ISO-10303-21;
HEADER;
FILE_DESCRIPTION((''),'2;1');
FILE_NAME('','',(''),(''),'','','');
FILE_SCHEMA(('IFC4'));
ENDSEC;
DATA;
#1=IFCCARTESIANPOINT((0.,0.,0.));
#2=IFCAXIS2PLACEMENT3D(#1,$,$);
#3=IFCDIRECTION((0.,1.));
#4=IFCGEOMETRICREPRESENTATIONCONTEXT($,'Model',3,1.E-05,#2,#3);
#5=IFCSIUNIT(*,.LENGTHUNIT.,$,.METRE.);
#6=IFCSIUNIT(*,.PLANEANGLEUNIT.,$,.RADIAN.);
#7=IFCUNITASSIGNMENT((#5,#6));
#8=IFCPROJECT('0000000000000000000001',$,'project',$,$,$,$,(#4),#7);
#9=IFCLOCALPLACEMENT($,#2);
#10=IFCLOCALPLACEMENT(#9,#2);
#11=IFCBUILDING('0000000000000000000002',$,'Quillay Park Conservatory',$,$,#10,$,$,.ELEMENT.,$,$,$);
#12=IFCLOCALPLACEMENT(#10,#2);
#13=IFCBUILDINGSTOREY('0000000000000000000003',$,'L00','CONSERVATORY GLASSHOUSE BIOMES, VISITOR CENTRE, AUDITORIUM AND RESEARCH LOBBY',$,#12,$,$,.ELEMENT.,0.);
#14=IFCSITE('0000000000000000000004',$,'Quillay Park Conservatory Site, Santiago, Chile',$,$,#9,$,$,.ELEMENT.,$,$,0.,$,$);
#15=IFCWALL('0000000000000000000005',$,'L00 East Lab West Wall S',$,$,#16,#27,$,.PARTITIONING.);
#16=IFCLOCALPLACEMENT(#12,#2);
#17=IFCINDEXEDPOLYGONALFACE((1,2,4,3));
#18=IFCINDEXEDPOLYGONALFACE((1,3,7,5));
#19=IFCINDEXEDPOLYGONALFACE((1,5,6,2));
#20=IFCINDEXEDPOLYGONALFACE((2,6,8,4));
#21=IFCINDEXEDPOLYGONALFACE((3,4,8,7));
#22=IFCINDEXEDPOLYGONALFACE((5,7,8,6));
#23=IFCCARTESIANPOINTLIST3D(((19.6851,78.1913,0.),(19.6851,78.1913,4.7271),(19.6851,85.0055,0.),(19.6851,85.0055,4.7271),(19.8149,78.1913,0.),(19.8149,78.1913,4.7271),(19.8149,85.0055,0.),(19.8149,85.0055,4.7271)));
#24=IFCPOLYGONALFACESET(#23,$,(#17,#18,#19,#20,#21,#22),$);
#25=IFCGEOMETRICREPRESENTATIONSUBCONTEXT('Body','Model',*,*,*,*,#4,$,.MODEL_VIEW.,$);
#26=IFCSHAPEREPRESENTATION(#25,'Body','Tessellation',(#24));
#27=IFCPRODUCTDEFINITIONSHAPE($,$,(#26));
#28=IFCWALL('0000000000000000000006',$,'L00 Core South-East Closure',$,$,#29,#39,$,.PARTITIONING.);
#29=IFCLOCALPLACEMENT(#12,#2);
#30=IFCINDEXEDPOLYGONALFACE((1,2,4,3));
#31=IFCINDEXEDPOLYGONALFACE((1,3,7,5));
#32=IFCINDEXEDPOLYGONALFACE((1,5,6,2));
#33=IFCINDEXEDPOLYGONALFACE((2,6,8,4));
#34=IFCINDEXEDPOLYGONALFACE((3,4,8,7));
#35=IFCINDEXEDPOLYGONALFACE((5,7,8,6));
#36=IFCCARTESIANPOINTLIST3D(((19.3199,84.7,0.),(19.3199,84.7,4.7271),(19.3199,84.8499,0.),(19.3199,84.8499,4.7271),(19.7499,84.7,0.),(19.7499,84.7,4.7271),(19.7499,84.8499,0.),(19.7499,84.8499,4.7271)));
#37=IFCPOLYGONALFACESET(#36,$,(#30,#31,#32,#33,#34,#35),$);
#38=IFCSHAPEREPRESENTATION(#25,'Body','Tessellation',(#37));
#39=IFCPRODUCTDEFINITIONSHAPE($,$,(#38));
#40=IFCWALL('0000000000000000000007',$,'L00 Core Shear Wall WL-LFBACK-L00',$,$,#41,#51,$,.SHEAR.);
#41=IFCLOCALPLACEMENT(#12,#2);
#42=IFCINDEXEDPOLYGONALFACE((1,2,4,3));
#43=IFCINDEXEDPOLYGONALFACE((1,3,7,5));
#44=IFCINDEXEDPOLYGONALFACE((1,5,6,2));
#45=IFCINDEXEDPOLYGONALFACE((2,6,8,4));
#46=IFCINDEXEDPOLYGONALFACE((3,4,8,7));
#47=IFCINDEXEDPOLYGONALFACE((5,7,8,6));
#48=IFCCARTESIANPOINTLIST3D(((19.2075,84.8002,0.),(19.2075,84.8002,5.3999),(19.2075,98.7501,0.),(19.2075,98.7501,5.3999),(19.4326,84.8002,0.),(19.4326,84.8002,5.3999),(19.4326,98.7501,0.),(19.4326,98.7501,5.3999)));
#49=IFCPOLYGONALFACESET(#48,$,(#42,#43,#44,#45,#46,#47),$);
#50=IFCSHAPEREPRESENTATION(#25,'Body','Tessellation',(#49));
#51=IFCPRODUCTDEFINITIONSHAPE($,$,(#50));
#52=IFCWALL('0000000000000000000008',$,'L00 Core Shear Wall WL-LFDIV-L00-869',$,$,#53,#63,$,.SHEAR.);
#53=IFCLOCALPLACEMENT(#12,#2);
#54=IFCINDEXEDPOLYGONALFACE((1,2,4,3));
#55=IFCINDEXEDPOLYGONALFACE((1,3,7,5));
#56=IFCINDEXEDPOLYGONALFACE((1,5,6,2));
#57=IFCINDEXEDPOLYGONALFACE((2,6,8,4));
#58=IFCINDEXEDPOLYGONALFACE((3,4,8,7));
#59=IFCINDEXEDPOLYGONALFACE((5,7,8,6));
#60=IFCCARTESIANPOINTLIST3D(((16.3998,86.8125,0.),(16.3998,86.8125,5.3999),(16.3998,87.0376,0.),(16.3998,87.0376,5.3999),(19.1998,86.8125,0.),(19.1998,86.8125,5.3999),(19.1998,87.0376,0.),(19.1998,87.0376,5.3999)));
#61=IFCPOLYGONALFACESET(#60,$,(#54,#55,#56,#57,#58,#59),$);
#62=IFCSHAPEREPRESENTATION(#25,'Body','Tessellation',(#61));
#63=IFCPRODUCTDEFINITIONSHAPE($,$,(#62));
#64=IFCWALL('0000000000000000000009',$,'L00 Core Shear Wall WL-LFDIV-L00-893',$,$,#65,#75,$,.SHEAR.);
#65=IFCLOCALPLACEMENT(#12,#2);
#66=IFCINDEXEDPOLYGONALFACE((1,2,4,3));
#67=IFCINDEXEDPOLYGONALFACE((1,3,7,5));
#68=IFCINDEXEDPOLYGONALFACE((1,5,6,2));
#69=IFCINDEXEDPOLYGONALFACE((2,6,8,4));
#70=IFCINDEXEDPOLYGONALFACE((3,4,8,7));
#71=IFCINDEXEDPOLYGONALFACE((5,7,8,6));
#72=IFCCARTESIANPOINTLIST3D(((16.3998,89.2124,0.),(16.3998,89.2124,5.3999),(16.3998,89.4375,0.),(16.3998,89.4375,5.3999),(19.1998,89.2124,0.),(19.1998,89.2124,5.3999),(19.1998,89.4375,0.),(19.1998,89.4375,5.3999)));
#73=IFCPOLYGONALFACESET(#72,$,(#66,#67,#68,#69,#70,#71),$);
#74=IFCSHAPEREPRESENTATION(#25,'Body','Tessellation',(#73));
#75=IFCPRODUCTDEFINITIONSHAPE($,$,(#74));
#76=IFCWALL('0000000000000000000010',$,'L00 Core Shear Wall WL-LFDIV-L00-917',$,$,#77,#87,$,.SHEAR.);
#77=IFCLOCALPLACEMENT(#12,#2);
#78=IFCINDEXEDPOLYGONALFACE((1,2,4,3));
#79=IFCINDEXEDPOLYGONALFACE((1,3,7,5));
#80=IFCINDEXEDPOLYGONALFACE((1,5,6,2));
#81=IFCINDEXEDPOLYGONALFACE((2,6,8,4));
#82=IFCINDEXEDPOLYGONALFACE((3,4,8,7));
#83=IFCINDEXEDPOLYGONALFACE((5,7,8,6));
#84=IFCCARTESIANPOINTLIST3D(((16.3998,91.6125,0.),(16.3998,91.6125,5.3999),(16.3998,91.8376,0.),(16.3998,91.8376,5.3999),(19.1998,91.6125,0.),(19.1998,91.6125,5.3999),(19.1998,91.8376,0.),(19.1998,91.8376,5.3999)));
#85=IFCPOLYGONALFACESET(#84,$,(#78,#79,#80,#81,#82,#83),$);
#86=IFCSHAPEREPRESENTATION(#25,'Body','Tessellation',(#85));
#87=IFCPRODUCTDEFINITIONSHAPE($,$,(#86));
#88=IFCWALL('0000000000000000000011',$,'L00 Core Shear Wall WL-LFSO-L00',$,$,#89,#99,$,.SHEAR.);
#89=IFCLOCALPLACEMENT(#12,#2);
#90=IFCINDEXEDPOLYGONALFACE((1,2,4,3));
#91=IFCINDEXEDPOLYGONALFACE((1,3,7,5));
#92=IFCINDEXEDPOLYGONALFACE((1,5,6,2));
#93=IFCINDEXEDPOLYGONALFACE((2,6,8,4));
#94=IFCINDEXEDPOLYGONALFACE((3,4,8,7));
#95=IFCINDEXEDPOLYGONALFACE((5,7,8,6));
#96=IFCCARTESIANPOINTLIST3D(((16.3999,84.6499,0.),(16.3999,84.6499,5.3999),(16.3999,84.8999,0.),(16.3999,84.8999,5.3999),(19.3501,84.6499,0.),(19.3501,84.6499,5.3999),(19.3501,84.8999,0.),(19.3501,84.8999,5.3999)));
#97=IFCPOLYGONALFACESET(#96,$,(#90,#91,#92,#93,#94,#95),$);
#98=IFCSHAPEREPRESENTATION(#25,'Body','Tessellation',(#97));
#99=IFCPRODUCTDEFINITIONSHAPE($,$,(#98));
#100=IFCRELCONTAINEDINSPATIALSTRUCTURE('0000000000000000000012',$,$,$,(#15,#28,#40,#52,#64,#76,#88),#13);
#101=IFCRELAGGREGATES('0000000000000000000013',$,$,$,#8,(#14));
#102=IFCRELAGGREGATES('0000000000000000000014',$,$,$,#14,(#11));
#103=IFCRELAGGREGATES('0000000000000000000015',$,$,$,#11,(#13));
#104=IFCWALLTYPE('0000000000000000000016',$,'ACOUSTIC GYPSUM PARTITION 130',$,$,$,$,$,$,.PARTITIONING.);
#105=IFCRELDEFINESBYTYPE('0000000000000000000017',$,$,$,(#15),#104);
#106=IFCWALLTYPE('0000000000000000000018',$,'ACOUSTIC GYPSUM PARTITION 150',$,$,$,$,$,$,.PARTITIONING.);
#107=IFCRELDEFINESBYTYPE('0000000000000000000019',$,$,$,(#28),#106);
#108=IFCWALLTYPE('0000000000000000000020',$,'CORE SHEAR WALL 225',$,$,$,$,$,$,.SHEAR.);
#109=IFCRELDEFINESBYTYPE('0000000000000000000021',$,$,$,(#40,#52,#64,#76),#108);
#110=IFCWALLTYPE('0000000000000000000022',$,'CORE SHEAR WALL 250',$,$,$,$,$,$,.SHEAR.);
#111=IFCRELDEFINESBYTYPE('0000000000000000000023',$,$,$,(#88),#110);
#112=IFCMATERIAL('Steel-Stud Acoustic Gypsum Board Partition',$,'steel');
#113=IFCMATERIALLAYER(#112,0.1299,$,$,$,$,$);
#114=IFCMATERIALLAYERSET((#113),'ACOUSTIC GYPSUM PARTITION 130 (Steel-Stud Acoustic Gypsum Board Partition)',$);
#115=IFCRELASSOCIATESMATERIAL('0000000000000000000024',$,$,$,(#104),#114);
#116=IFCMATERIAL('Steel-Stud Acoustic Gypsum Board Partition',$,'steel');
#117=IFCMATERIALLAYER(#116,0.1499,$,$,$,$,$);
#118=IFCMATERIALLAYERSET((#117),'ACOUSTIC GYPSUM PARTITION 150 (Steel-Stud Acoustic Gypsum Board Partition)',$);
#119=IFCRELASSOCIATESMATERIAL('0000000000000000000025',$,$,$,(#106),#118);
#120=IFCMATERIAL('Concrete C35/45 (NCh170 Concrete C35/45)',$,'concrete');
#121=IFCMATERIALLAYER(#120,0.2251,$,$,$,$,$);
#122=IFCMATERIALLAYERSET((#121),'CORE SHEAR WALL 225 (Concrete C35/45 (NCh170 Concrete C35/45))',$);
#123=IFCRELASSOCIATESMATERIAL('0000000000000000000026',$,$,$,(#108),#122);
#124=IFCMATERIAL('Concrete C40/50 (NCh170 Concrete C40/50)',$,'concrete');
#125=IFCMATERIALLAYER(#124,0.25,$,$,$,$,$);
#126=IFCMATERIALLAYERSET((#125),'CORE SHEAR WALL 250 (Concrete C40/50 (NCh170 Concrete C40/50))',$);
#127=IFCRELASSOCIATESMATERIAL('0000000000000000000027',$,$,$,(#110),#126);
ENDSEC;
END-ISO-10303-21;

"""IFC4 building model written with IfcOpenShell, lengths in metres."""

from ifc_helpers import new_model, si_unit, direction, frame, frame_2d, origin, place, context, subcontext, project, spatial, rectangle, extrude, material, layer, layer_set, type_object, element, save


model = new_model("IFC4")

# Units and contexts
model_context = context("Model", 3, precision=1e-05, world=origin(), true_north=direction((0.0, 1.0)))
body_context = subcontext(model_context, "Body", "Model", "MODEL_VIEW")
ifc_project = project(units=[si_unit("LENGTHUNIT", "METRE"), si_unit("PLANEANGLEUNIT", "RADIAN")], contexts=[model_context])

# Site, building, storey
site_placement = place(None, origin())
site = spatial("IfcSite", under=ifc_project, at=site_placement, Name="Quillay Park Conservatory Site, Santiago, Chile", CompositionType="ELEMENT", RefElevation=0.0)
building_placement = place(site_placement, origin())
building = spatial("IfcBuilding", under=site, at=building_placement, Name="Quillay Park Conservatory", CompositionType="ELEMENT")
storey_placement = place(building_placement, origin())
storey = spatial("IfcBuildingStorey", under=building, at=storey_placement, Name="L00", Description="CONSERVATORY GLASSHOUSE BIOMES, VISITOR CENTRE, AUDITORIUM AND RESEARCH LOBBY", CompositionType="ELEMENT", Elevation=0.0)

# Walls
ifc_material_1 = material(Name="Steel-Stud Acoustic Gypsum Board Partition", Category="steel")
ifc_layer_1 = layer(ifc_material_1, 0.1299)
ifc_layer_set_1 = layer_set([ifc_layer_1], Name="ACOUSTIC GYPSUM PARTITION 130 (Steel-Stud Acoustic Gypsum Board Partition)")
wall_type_1 = type_object("IfcWallType", Name="ACOUSTIC GYPSUM PARTITION 130", PredefinedType="PARTITIONING", material=ifc_layer_set_1)
wall_1_placement = place(storey_placement, frame((19.75, 85.0056, 0.0), z_axis=(0.0, 0.0, 1.0), x_axis=(0.0, -1.0, 0.0)))
element("IfcWall", 1, at=wall_1_placement, inside=storey, type_object=wall_type_1, Name="L00 East Lab West Wall S", PredefinedType="PARTITIONING", context=body_context, shape_type="SweptSolid", body=[
    extrude(rectangle(XDim=6.8142, YDim=0.1299, at=frame_2d((3.4072, 0.0))), origin(), (0.0, 0.0, 1.0), 4.7271),
])
ifc_material_2 = material(Name="Steel-Stud Acoustic Gypsum Board Partition", Category="steel")
ifc_layer_2 = layer(ifc_material_2, 0.1499)
ifc_layer_set_2 = layer_set([ifc_layer_2], Name="ACOUSTIC GYPSUM PARTITION 150 (Steel-Stud Acoustic Gypsum Board Partition)")
wall_type_2 = type_object("IfcWallType", Name="ACOUSTIC GYPSUM PARTITION 150", PredefinedType="PARTITIONING", material=ifc_layer_set_2)
wall_2_placement = place(storey_placement, frame((19.3201, 84.7749, 0.0), z_axis=(0.0, 0.0, 1.0), x_axis=(1.0, 0.0, 0.0)))
element("IfcWall", 2, at=wall_2_placement, inside=storey, type_object=wall_type_2, Name="L00 Core South-East Closure", PredefinedType="PARTITIONING", context=body_context, shape_type="SweptSolid", body=[
    extrude(rectangle(XDim=0.4299, YDim=0.1499, at=frame_2d((0.2148, 0.0))), origin(), (0.0, 0.0, 1.0), 4.7271),
])
ifc_material_3 = material(Name="Concrete C35/45 (NCh170 Concrete C35/45)", Category="concrete")
ifc_layer_3 = layer(ifc_material_3, 0.2251)
ifc_layer_set_3 = layer_set([ifc_layer_3], Name="CORE SHEAR WALL 225 (Concrete C35/45 (NCh170 Concrete C35/45))")
wall_type_3 = type_object("IfcWallType", Name="CORE SHEAR WALL 225", PredefinedType="SHEAR", material=ifc_layer_set_3)
wall_3_placement = place(storey_placement, frame((19.3201, 84.8, 0.0), z_axis=(0.0, 0.0, 1.0), x_axis=(0.0, 1.0, 0.0)))
element("IfcWall", 3, at=wall_3_placement, inside=storey, type_object=wall_type_3, Name="L00 Core Shear Wall WL-LFBACK-L00", PredefinedType="SHEAR", context=body_context, shape_type="SweptSolid", body=[
    extrude(rectangle(XDim=13.95, YDim=0.2251, at=frame_2d((6.9751, 0.0))), origin(), (0.0, 0.0, 1.0), 5.3999),
])
for number, where, z_axis, x_axis, name in (
    (4, (16.3999, 86.925, 0.0), (0.0, 0.0, 1.0), (1.0, 0.0, 0.0), "L00 Core Shear Wall WL-LFDIV-L00-869"),
    (5, (16.3999, 89.325, 0.0), (0.0, 0.0, 1.0), (1.0, 0.0, 0.0), "L00 Core Shear Wall WL-LFDIV-L00-893"),
    (6, (16.3999, 91.7251, 0.0), (0.0, 0.0, 1.0), (1.0, 0.0, 0.0), "L00 Core Shear Wall WL-LFDIV-L00-917"),
):
    element("IfcWall", number, at=place(storey_placement, frame(where, z_axis=z_axis, x_axis=x_axis)), inside=storey, type_object=wall_type_3, Name=name, PredefinedType="SHEAR", context=body_context, shape_type="SweptSolid", body=[
        extrude(rectangle(XDim=2.8, YDim=0.2251, at=frame_2d((1.3999, 0.0))), origin(), (0.0, 0.0, 1.0), 5.3999),
    ])
ifc_material_4 = material(Name="Concrete C40/50 (NCh170 Concrete C40/50)", Category="concrete")
ifc_layer_4 = layer(ifc_material_4, 0.25)
ifc_layer_set_4 = layer_set([ifc_layer_4], Name="CORE SHEAR WALL 250 (Concrete C40/50 (NCh170 Concrete C40/50))")
wall_type_4 = type_object("IfcWallType", Name="CORE SHEAR WALL 250", PredefinedType="SHEAR", material=ifc_layer_set_4)
wall_4_placement = place(storey_placement, frame((16.3999, 84.7749, 0.0), z_axis=(0.0, 0.0, 1.0), x_axis=(1.0, 0.0, 0.0)))
element("IfcWall", 7, at=wall_4_placement, inside=storey, type_object=wall_type_4, Name="L00 Core Shear Wall WL-LFSO-L00", PredefinedType="SHEAR", context=body_context, shape_type="SweptSolid", body=[
    extrude(rectangle(XDim=2.9502, YDim=0.25, at=frame_2d((1.4751, 0.0))), origin(), (0.0, 0.0, 1.0), 5.3999),
])

save(model, "model.ifc")
